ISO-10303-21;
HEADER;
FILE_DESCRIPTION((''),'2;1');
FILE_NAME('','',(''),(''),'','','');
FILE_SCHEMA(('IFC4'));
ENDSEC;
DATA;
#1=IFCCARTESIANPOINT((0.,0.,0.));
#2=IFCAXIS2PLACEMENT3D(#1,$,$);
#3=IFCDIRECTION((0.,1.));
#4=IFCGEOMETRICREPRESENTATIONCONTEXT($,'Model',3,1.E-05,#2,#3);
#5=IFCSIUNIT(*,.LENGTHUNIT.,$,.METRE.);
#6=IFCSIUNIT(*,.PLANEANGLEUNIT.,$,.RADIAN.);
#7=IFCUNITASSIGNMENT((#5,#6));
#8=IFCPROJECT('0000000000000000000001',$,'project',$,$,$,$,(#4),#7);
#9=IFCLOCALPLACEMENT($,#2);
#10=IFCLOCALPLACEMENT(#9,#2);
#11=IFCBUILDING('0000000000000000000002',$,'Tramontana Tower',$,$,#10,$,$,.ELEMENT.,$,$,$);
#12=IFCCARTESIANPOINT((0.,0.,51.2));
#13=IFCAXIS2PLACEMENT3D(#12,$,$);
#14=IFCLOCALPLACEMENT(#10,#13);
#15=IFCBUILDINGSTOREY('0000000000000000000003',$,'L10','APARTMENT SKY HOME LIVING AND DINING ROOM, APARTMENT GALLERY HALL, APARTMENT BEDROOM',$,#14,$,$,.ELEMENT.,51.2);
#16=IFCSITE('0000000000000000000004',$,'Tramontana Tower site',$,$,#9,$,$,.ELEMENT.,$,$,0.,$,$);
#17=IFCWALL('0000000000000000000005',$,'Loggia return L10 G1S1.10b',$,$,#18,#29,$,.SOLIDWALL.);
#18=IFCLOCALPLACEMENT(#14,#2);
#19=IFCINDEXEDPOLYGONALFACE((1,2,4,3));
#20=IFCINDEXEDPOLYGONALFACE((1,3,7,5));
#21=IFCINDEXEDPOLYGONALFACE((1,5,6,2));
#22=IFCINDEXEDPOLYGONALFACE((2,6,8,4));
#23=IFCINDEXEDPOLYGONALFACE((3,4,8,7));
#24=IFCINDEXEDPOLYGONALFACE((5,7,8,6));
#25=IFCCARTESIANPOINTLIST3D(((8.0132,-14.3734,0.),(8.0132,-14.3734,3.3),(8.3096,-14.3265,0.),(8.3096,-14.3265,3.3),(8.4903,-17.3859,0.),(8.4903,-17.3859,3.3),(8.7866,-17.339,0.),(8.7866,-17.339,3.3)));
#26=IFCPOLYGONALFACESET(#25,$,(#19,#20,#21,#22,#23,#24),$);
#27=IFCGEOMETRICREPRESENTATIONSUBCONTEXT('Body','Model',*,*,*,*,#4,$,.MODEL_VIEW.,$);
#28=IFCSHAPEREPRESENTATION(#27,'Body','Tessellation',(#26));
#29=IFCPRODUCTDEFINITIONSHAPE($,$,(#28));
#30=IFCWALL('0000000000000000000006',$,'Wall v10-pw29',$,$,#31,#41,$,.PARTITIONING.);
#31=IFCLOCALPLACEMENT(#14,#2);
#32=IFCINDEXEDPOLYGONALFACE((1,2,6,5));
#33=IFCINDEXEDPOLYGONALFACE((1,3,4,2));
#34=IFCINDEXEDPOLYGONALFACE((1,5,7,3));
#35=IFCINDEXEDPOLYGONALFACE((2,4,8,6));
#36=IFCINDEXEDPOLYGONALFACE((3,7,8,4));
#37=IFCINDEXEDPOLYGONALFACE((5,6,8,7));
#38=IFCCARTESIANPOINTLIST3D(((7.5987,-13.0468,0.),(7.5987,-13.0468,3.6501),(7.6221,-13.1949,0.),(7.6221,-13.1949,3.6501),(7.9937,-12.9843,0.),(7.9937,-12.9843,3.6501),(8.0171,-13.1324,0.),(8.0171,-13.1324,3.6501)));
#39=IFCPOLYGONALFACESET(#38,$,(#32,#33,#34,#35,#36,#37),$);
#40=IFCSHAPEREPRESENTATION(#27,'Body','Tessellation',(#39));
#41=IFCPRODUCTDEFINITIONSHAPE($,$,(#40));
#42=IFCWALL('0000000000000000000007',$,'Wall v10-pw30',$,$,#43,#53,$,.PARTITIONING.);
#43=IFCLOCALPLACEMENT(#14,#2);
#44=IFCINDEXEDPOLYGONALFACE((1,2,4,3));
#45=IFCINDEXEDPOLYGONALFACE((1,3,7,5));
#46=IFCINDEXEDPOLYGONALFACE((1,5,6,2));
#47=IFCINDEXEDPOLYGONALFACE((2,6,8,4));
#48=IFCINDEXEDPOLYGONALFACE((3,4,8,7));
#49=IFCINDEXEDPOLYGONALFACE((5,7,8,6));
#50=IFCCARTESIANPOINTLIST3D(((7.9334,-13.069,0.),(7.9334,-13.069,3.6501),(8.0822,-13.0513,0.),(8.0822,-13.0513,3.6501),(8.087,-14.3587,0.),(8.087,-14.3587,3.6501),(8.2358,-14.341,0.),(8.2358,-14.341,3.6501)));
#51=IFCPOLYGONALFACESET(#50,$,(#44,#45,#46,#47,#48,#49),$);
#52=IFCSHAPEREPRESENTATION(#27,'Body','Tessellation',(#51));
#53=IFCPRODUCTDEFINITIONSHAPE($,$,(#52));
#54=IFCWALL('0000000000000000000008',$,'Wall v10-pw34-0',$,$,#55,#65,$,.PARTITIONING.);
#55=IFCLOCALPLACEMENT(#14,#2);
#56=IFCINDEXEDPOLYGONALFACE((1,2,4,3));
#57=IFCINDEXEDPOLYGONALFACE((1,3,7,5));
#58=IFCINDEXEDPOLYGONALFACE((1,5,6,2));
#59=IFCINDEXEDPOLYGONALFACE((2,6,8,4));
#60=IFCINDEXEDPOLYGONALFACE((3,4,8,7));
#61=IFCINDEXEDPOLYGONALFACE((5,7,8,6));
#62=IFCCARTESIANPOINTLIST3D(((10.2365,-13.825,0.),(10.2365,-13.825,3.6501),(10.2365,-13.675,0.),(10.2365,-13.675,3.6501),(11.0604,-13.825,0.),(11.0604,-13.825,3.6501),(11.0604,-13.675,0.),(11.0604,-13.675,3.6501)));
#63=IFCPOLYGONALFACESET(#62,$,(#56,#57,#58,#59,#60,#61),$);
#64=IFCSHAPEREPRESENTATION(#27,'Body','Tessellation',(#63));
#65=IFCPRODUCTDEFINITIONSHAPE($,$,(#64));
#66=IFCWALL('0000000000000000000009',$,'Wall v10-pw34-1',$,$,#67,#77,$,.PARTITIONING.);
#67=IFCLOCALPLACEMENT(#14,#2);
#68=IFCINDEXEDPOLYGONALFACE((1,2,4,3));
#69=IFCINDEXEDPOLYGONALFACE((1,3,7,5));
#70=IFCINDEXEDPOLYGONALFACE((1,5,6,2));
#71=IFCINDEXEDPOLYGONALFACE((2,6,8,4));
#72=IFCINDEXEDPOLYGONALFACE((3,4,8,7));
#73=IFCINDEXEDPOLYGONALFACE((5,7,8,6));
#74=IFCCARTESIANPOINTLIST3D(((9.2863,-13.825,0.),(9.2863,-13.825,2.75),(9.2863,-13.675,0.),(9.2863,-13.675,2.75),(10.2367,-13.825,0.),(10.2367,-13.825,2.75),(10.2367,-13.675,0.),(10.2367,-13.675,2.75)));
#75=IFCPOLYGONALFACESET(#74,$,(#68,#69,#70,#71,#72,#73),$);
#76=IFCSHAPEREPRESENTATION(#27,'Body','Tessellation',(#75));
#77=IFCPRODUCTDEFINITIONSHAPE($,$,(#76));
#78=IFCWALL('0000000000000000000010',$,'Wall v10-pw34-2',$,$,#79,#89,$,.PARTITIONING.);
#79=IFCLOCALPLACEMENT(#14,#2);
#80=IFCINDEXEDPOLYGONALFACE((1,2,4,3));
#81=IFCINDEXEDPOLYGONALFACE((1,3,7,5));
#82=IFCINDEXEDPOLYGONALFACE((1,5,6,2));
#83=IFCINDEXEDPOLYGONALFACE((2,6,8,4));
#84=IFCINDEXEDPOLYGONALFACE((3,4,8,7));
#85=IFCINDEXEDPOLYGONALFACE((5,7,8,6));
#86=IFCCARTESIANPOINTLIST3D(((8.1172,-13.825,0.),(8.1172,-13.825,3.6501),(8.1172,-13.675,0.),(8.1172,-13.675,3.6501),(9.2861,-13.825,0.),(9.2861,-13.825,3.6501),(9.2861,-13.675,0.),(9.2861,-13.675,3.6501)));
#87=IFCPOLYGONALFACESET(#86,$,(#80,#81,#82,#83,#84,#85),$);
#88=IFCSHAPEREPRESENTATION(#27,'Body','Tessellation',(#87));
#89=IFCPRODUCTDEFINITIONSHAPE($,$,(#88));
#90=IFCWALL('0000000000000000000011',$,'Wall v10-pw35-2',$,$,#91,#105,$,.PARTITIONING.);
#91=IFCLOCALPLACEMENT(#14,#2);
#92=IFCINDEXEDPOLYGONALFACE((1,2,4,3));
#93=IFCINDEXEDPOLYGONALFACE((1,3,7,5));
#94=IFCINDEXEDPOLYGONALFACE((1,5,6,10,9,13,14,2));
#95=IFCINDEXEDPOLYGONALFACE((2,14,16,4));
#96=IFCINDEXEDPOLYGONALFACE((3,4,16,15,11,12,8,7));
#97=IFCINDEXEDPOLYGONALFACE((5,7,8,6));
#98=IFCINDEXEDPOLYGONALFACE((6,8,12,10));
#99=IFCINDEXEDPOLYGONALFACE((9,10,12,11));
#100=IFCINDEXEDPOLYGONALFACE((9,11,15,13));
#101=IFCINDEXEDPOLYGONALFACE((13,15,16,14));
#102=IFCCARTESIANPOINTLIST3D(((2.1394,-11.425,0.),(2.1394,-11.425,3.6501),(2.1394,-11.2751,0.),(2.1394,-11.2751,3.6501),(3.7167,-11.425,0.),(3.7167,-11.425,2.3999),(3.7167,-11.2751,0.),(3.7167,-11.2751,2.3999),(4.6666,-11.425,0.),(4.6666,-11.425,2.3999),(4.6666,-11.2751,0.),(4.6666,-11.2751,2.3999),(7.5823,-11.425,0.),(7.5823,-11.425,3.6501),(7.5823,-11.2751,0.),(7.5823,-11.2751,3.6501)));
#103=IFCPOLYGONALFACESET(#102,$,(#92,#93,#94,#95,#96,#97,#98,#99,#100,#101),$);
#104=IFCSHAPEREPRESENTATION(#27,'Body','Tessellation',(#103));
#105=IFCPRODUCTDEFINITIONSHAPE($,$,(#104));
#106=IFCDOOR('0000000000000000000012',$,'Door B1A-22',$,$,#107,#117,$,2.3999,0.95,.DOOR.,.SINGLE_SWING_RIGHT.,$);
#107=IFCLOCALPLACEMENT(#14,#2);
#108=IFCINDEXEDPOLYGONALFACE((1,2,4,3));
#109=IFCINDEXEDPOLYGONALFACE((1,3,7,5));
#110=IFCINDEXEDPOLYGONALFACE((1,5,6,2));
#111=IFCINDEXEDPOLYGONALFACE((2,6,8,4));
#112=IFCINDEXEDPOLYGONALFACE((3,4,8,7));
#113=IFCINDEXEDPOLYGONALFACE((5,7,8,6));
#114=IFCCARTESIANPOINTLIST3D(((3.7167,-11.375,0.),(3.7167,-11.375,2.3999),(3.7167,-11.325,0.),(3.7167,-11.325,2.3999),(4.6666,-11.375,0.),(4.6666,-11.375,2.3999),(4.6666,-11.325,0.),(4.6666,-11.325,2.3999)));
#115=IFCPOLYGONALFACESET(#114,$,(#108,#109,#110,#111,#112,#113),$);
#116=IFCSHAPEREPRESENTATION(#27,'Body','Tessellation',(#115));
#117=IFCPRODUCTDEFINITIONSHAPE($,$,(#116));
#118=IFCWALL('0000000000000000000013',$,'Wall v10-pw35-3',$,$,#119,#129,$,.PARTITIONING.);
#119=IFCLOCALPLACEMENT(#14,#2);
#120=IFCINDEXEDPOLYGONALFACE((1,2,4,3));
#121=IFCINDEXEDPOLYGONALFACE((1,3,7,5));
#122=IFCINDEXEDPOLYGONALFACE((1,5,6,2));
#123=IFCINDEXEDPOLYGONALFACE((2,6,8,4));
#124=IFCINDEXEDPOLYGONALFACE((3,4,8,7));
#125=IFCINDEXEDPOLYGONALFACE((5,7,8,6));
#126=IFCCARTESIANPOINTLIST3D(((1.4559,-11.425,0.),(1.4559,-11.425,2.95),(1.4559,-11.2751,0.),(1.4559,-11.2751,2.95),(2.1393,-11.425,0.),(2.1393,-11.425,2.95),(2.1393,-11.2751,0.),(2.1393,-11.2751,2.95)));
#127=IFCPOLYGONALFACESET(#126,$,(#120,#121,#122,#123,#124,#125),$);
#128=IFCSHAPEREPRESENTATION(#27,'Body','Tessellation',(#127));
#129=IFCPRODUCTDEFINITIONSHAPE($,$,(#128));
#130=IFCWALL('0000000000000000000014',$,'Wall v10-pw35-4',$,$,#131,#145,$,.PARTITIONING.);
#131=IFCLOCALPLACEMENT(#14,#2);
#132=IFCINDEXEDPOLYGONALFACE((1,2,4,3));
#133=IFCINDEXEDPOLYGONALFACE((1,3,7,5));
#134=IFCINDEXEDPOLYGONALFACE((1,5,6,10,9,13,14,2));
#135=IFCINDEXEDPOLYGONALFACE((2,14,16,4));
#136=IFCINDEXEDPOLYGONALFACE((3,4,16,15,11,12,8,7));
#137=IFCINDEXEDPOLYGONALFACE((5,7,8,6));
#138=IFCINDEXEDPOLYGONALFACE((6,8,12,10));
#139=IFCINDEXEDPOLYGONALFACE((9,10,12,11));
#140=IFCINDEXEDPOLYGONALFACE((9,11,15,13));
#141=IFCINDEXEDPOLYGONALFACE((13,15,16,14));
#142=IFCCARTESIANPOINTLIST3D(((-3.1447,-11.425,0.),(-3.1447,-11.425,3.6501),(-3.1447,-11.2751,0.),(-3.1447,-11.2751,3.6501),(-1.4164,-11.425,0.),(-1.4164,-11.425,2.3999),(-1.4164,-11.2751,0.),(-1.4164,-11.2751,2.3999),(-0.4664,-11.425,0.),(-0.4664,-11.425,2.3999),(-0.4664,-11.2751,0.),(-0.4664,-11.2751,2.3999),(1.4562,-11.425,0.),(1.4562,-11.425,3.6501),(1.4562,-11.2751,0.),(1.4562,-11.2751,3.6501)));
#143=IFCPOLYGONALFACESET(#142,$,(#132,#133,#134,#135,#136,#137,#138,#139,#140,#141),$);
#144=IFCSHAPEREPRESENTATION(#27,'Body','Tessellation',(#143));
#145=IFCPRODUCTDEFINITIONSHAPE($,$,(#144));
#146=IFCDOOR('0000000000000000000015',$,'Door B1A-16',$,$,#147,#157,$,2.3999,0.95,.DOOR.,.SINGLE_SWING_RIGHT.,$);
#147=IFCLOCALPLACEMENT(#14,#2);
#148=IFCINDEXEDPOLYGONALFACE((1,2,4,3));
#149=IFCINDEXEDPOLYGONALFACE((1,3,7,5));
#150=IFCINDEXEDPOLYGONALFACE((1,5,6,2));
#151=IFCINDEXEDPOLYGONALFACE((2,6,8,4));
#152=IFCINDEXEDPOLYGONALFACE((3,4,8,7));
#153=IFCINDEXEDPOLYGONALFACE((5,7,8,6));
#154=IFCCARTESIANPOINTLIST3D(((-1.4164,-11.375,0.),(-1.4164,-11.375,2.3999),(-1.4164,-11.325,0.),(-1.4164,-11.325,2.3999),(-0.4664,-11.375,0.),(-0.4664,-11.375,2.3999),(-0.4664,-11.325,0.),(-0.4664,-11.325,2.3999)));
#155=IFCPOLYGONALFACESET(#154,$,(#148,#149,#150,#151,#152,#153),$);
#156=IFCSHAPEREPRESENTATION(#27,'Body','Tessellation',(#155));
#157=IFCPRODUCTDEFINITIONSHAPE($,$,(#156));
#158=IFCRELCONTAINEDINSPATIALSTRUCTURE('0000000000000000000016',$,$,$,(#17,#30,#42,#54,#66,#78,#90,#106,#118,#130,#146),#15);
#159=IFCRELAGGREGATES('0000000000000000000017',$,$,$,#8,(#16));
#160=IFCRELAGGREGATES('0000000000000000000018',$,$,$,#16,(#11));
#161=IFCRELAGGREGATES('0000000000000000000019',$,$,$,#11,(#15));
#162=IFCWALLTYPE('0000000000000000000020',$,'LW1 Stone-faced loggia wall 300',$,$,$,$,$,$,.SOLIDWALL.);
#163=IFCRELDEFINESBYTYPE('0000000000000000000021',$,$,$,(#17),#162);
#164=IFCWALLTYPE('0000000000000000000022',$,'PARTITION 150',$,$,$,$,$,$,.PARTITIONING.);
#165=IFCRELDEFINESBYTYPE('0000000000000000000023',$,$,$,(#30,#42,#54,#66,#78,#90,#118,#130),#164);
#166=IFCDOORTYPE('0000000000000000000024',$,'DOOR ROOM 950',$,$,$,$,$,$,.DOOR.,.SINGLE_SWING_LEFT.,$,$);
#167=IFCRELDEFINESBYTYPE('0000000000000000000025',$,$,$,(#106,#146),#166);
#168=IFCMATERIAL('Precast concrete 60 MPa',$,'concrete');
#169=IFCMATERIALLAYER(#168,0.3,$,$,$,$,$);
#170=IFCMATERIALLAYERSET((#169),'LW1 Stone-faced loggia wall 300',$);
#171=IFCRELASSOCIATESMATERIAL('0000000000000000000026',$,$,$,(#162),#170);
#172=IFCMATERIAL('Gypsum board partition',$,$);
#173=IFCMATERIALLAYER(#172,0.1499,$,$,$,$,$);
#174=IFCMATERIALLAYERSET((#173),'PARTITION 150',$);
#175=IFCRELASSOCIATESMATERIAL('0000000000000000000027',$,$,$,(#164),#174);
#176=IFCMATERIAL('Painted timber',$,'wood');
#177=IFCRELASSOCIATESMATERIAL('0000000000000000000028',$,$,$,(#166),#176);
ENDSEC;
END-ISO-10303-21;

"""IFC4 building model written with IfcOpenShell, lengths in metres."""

from ifc_helpers import new_model, si_unit, direction, frame, frame_2d, origin, place, context, subcontext, project, spatial, rectangle, extrude, material, layer, layer_set, type_object, element, fill, save


model = new_model("IFC4")

# Units and contexts
model_context = context("Model", 3, precision=1e-05, world=origin(), true_north=direction((0.0, 1.0)))
body_context = subcontext(model_context, "Body", "Model", "MODEL_VIEW")
ifc_project = project(units=[si_unit("LENGTHUNIT", "METRE"), si_unit("PLANEANGLEUNIT", "RADIAN")], contexts=[model_context])

# Site, building, storey
site_placement = place(None, origin())
site = spatial("IfcSite", under=ifc_project, at=site_placement, Name="Tramontana Tower site", CompositionType="ELEMENT", RefElevation=0.0)
building_placement = place(site_placement, origin())
building = spatial("IfcBuilding", under=site, at=building_placement, Name="Tramontana Tower", CompositionType="ELEMENT")
storey_placement = place(building_placement, frame((0.0, 0.0, 51.2)))
storey = spatial("IfcBuildingStorey", under=building, at=storey_placement, Name="L10", Description="APARTMENT SKY HOME LIVING AND DINING ROOM, APARTMENT GALLERY HALL, APARTMENT BEDROOM", CompositionType="ELEMENT", Elevation=51.2)

# Shared definitions
ifc_material_1 = material(Name="Precast concrete 60 MPa", Category="concrete")
ifc_layer_1 = layer(ifc_material_1, 0.3)
ifc_layer_set_1 = layer_set([ifc_layer_1], Name="LW1 Stone-faced loggia wall 300")
wall_type_1 = type_object("IfcWallType", Name="LW1 Stone-faced loggia wall 300", PredefinedType="SOLIDWALL", material=ifc_layer_set_1)

# Wall
for number, where, z_axis, x_axis, name in (
    (1, (8.6384, -17.3623, 0.0), (0.0, 0.0, 1.0), (-0.156411, 0.987692, 0.0), "Loggia return L10 G1S1.10b"),
):
    element("IfcWall", number, at=place(storey_placement, frame(where, z_axis=z_axis, x_axis=x_axis)), inside=storey, type_object=wall_type_1, Name=name, PredefinedType="SOLIDWALL", context=body_context, shape_type="SweptSolid", body=[
        extrude(rectangle(XDim=3.05, YDim=0.3, at=frame_2d((1.5249, 0.0))), origin(), (0.0, 0.0, 1.0), 3.3),
    ])

# Shared definitions
ifc_material_2 = material(Name="Gypsum board partition")
ifc_layer_2 = layer(ifc_material_2, 0.1499)
ifc_layer_set_2 = layer_set([ifc_layer_2], Name="PARTITION 150")
wall_type_2 = type_object("IfcWallType", Name="PARTITION 150", PredefinedType="PARTITIONING", material=ifc_layer_set_2)

# Walls
wall_1_placement = place(storey_placement, frame((8.0054, -13.0583, 0.0), z_axis=(0.0, 0.0, 1.0), x_axis=(-0.987713, -0.156276, 0.0)))
element("IfcWall", 2, at=wall_1_placement, inside=storey, type_object=wall_type_2, Name="Wall v10-pw29", PredefinedType="PARTITIONING", context=body_context, shape_type="SweptSolid", body=[
    extrude(rectangle(XDim=0.3999, YDim=0.1499, at=frame_2d((0.2, 0.0))), origin(), (0.0, 0.0, 1.0), 3.6501),
])
wall_2_placement = place(storey_placement, frame((8.1614, -14.3499, 0.0), z_axis=(0.0, 0.0, 1.0), x_axis=(-0.118226, 0.992987, 0.0)))
element("IfcWall", 3, at=wall_2_placement, inside=storey, type_object=wall_type_2, Name="Wall v10-pw30", PredefinedType="PARTITIONING", context=body_context, shape_type="SweptSolid", body=[
    extrude(rectangle(XDim=1.2988, YDim=0.1499, at=frame_2d((0.6494, 0.0))), origin(), (0.0, 0.0, 1.0), 3.6501),
])

# Walls
wall_3_placement = place(storey_placement, frame((11.0605, -13.75, 0.0), z_axis=(0.0, 0.0, 1.0), x_axis=(-1.0, 0.0, 0.0)))
element("IfcWall", 4, at=wall_3_placement, inside=storey, type_object=wall_type_2, Name="Wall v10-pw34-0", PredefinedType="PARTITIONING", context=body_context, shape_type="SweptSolid", body=[
    extrude(rectangle(XDim=0.824, YDim=0.1499, at=frame_2d((0.4121, 0.0))), origin(), (0.0, 0.0, 1.0), 3.6501),
])
wall_4_placement = place(storey_placement, frame((10.2366, -13.75, 0.0), z_axis=(0.0, 0.0, 1.0), x_axis=(-1.0, 0.0, 0.0)))
element("IfcWall", 5, at=wall_4_placement, inside=storey, type_object=wall_type_2, Name="Wall v10-pw34-1", PredefinedType="PARTITIONING", context=body_context, shape_type="SweptSolid", body=[
    extrude(rectangle(XDim=0.9504, YDim=0.1499, at=frame_2d((0.4751, 0.0))), origin(), (0.0, 0.0, 1.0), 2.75),
])
wall_5_placement = place(storey_placement, frame((9.2861, -13.75, 0.0), z_axis=(0.0, 0.0, 1.0), x_axis=(-1.0, 0.0, 0.0)))
element("IfcWall", 6, at=wall_5_placement, inside=storey, type_object=wall_type_2, Name="Wall v10-pw34-2", PredefinedType="PARTITIONING", context=body_context, shape_type="SweptSolid", body=[
    extrude(rectangle(XDim=1.1689, YDim=0.1499, at=frame_2d((0.5845, 0.0))), origin(), (0.0, 0.0, 1.0), 3.6501),
])

# Wall, opening, door
wall_6_placement = place(storey_placement, frame((7.5823, -11.3501, 0.0), z_axis=(0.0, 0.0, 1.0), x_axis=(-1.0, 0.0, 0.0)))
wall_6 = element("IfcWall", 7, at=wall_6_placement, inside=storey, type_object=wall_type_2, Name="Wall v10-pw35-2", PredefinedType="PARTITIONING", context=body_context, shape_type="SweptSolid", body=[
    extrude(rectangle(XDim=5.4429, YDim=0.1499, at=frame_2d((2.7214, 0.0))), origin(), (0.0, 0.0, 1.0), 3.6501),
])
opening_1_placement = place(wall_6_placement, frame((2.9155, 0.0, 0.0)))
opening_1 = element("IfcOpeningElement", 8, at=opening_1_placement, cuts=wall_6, PredefinedType="OPENING", context=body_context, shape_type="SweptSolid", body=[
    extrude(rectangle(XDim=0.95, YDim=2.3999, at=frame_2d((0.4751, 1.2))), frame((0.0, 0.085, 0.0), z_axis=(0.0, -1.0, 0.0), x_axis=(1.0, 0.0, 0.0)), (0.0, 0.0, 1.0), 0.1699),
])
ifc_material_3 = material(Name="Painted timber", Category="wood")
door_type_1 = type_object("IfcDoorType", Name="DOOR ROOM 950", OperationType="SINGLE_SWING_LEFT", PredefinedType="DOOR", material=ifc_material_3)
door_1_placement = place(opening_1_placement, origin())
door_1 = element("IfcDoor", 9, at=door_1_placement, inside=storey, type_object=door_type_1, Name="Door B1A-22", OperationType="SINGLE_SWING_RIGHT", OverallHeight=2.3999, OverallWidth=0.95, PredefinedType="DOOR", context=body_context, shape_type="SweptSolid", body=[
    extrude(rectangle(XDim=0.95, YDim=2.3999, at=frame_2d((0.4751, 1.2))), frame((0.0, 0.0249, 0.0), z_axis=(0.0, -1.0, 0.0), x_axis=(1.0, 0.0, 0.0)), (0.0, 0.0, 1.0), 0.05),
])
fill(opening_1, door_1)

# Wall
wall_7_placement = place(storey_placement, frame((2.1394, -11.3501, 0.0), z_axis=(0.0, 0.0, 1.0), x_axis=(-1.0, 0.0, 0.0)))
element("IfcWall", 10, at=wall_7_placement, inside=storey, type_object=wall_type_2, Name="Wall v10-pw35-3", PredefinedType="PARTITIONING", context=body_context, shape_type="SweptSolid", body=[
    extrude(rectangle(XDim=0.6833, YDim=0.1499, at=frame_2d((0.3418, 0.0))), origin(), (0.0, 0.0, 1.0), 2.95),
])

# Wall, opening, door
wall_8_placement = place(storey_placement, frame((1.4561, -11.3501, 0.0), z_axis=(0.0, 0.0, 1.0), x_axis=(-1.0, 0.0, 0.0)))
wall_8 = element("IfcWall", 11, at=wall_8_placement, inside=storey, type_object=wall_type_2, Name="Wall v10-pw35-4", PredefinedType="PARTITIONING", context=body_context, shape_type="SweptSolid", body=[
    extrude(rectangle(XDim=4.6008, YDim=0.1499, at=frame_2d((2.3003, 0.0))), origin(), (0.0, 0.0, 1.0), 3.6501),
])
opening_2_placement = place(wall_8_placement, frame((1.9224, 0.0, 0.0)))
opening_2 = element("IfcOpeningElement", 12, at=opening_2_placement, cuts=wall_8, PredefinedType="OPENING", context=body_context, shape_type="SweptSolid", body=[
    extrude(rectangle(XDim=0.95, YDim=2.3999, at=frame_2d((0.4751, 1.2))), frame((0.0, 0.085, 0.0), z_axis=(0.0, -1.0, 0.0), x_axis=(1.0, 0.0, 0.0)), (0.0, 0.0, 1.0), 0.1699),
])
door_2_placement = place(opening_2_placement, origin())
door_2 = element("IfcDoor", 13, at=door_2_placement, inside=storey, type_object=door_type_1, Name="Door B1A-16", OperationType="SINGLE_SWING_RIGHT", OverallHeight=2.3999, OverallWidth=0.95, PredefinedType="DOOR", context=body_context, shape_type="SweptSolid", body=[
    extrude(rectangle(XDim=0.95, YDim=2.3999, at=frame_2d((0.4751, 1.2))), frame((0.0, 0.0249, 0.0), z_axis=(0.0, -1.0, 0.0), x_axis=(1.0, 0.0, 0.0)), (0.0, 0.0, 1.0), 0.05),
])
fill(opening_2, door_2)

save(model, "model.ifc")
